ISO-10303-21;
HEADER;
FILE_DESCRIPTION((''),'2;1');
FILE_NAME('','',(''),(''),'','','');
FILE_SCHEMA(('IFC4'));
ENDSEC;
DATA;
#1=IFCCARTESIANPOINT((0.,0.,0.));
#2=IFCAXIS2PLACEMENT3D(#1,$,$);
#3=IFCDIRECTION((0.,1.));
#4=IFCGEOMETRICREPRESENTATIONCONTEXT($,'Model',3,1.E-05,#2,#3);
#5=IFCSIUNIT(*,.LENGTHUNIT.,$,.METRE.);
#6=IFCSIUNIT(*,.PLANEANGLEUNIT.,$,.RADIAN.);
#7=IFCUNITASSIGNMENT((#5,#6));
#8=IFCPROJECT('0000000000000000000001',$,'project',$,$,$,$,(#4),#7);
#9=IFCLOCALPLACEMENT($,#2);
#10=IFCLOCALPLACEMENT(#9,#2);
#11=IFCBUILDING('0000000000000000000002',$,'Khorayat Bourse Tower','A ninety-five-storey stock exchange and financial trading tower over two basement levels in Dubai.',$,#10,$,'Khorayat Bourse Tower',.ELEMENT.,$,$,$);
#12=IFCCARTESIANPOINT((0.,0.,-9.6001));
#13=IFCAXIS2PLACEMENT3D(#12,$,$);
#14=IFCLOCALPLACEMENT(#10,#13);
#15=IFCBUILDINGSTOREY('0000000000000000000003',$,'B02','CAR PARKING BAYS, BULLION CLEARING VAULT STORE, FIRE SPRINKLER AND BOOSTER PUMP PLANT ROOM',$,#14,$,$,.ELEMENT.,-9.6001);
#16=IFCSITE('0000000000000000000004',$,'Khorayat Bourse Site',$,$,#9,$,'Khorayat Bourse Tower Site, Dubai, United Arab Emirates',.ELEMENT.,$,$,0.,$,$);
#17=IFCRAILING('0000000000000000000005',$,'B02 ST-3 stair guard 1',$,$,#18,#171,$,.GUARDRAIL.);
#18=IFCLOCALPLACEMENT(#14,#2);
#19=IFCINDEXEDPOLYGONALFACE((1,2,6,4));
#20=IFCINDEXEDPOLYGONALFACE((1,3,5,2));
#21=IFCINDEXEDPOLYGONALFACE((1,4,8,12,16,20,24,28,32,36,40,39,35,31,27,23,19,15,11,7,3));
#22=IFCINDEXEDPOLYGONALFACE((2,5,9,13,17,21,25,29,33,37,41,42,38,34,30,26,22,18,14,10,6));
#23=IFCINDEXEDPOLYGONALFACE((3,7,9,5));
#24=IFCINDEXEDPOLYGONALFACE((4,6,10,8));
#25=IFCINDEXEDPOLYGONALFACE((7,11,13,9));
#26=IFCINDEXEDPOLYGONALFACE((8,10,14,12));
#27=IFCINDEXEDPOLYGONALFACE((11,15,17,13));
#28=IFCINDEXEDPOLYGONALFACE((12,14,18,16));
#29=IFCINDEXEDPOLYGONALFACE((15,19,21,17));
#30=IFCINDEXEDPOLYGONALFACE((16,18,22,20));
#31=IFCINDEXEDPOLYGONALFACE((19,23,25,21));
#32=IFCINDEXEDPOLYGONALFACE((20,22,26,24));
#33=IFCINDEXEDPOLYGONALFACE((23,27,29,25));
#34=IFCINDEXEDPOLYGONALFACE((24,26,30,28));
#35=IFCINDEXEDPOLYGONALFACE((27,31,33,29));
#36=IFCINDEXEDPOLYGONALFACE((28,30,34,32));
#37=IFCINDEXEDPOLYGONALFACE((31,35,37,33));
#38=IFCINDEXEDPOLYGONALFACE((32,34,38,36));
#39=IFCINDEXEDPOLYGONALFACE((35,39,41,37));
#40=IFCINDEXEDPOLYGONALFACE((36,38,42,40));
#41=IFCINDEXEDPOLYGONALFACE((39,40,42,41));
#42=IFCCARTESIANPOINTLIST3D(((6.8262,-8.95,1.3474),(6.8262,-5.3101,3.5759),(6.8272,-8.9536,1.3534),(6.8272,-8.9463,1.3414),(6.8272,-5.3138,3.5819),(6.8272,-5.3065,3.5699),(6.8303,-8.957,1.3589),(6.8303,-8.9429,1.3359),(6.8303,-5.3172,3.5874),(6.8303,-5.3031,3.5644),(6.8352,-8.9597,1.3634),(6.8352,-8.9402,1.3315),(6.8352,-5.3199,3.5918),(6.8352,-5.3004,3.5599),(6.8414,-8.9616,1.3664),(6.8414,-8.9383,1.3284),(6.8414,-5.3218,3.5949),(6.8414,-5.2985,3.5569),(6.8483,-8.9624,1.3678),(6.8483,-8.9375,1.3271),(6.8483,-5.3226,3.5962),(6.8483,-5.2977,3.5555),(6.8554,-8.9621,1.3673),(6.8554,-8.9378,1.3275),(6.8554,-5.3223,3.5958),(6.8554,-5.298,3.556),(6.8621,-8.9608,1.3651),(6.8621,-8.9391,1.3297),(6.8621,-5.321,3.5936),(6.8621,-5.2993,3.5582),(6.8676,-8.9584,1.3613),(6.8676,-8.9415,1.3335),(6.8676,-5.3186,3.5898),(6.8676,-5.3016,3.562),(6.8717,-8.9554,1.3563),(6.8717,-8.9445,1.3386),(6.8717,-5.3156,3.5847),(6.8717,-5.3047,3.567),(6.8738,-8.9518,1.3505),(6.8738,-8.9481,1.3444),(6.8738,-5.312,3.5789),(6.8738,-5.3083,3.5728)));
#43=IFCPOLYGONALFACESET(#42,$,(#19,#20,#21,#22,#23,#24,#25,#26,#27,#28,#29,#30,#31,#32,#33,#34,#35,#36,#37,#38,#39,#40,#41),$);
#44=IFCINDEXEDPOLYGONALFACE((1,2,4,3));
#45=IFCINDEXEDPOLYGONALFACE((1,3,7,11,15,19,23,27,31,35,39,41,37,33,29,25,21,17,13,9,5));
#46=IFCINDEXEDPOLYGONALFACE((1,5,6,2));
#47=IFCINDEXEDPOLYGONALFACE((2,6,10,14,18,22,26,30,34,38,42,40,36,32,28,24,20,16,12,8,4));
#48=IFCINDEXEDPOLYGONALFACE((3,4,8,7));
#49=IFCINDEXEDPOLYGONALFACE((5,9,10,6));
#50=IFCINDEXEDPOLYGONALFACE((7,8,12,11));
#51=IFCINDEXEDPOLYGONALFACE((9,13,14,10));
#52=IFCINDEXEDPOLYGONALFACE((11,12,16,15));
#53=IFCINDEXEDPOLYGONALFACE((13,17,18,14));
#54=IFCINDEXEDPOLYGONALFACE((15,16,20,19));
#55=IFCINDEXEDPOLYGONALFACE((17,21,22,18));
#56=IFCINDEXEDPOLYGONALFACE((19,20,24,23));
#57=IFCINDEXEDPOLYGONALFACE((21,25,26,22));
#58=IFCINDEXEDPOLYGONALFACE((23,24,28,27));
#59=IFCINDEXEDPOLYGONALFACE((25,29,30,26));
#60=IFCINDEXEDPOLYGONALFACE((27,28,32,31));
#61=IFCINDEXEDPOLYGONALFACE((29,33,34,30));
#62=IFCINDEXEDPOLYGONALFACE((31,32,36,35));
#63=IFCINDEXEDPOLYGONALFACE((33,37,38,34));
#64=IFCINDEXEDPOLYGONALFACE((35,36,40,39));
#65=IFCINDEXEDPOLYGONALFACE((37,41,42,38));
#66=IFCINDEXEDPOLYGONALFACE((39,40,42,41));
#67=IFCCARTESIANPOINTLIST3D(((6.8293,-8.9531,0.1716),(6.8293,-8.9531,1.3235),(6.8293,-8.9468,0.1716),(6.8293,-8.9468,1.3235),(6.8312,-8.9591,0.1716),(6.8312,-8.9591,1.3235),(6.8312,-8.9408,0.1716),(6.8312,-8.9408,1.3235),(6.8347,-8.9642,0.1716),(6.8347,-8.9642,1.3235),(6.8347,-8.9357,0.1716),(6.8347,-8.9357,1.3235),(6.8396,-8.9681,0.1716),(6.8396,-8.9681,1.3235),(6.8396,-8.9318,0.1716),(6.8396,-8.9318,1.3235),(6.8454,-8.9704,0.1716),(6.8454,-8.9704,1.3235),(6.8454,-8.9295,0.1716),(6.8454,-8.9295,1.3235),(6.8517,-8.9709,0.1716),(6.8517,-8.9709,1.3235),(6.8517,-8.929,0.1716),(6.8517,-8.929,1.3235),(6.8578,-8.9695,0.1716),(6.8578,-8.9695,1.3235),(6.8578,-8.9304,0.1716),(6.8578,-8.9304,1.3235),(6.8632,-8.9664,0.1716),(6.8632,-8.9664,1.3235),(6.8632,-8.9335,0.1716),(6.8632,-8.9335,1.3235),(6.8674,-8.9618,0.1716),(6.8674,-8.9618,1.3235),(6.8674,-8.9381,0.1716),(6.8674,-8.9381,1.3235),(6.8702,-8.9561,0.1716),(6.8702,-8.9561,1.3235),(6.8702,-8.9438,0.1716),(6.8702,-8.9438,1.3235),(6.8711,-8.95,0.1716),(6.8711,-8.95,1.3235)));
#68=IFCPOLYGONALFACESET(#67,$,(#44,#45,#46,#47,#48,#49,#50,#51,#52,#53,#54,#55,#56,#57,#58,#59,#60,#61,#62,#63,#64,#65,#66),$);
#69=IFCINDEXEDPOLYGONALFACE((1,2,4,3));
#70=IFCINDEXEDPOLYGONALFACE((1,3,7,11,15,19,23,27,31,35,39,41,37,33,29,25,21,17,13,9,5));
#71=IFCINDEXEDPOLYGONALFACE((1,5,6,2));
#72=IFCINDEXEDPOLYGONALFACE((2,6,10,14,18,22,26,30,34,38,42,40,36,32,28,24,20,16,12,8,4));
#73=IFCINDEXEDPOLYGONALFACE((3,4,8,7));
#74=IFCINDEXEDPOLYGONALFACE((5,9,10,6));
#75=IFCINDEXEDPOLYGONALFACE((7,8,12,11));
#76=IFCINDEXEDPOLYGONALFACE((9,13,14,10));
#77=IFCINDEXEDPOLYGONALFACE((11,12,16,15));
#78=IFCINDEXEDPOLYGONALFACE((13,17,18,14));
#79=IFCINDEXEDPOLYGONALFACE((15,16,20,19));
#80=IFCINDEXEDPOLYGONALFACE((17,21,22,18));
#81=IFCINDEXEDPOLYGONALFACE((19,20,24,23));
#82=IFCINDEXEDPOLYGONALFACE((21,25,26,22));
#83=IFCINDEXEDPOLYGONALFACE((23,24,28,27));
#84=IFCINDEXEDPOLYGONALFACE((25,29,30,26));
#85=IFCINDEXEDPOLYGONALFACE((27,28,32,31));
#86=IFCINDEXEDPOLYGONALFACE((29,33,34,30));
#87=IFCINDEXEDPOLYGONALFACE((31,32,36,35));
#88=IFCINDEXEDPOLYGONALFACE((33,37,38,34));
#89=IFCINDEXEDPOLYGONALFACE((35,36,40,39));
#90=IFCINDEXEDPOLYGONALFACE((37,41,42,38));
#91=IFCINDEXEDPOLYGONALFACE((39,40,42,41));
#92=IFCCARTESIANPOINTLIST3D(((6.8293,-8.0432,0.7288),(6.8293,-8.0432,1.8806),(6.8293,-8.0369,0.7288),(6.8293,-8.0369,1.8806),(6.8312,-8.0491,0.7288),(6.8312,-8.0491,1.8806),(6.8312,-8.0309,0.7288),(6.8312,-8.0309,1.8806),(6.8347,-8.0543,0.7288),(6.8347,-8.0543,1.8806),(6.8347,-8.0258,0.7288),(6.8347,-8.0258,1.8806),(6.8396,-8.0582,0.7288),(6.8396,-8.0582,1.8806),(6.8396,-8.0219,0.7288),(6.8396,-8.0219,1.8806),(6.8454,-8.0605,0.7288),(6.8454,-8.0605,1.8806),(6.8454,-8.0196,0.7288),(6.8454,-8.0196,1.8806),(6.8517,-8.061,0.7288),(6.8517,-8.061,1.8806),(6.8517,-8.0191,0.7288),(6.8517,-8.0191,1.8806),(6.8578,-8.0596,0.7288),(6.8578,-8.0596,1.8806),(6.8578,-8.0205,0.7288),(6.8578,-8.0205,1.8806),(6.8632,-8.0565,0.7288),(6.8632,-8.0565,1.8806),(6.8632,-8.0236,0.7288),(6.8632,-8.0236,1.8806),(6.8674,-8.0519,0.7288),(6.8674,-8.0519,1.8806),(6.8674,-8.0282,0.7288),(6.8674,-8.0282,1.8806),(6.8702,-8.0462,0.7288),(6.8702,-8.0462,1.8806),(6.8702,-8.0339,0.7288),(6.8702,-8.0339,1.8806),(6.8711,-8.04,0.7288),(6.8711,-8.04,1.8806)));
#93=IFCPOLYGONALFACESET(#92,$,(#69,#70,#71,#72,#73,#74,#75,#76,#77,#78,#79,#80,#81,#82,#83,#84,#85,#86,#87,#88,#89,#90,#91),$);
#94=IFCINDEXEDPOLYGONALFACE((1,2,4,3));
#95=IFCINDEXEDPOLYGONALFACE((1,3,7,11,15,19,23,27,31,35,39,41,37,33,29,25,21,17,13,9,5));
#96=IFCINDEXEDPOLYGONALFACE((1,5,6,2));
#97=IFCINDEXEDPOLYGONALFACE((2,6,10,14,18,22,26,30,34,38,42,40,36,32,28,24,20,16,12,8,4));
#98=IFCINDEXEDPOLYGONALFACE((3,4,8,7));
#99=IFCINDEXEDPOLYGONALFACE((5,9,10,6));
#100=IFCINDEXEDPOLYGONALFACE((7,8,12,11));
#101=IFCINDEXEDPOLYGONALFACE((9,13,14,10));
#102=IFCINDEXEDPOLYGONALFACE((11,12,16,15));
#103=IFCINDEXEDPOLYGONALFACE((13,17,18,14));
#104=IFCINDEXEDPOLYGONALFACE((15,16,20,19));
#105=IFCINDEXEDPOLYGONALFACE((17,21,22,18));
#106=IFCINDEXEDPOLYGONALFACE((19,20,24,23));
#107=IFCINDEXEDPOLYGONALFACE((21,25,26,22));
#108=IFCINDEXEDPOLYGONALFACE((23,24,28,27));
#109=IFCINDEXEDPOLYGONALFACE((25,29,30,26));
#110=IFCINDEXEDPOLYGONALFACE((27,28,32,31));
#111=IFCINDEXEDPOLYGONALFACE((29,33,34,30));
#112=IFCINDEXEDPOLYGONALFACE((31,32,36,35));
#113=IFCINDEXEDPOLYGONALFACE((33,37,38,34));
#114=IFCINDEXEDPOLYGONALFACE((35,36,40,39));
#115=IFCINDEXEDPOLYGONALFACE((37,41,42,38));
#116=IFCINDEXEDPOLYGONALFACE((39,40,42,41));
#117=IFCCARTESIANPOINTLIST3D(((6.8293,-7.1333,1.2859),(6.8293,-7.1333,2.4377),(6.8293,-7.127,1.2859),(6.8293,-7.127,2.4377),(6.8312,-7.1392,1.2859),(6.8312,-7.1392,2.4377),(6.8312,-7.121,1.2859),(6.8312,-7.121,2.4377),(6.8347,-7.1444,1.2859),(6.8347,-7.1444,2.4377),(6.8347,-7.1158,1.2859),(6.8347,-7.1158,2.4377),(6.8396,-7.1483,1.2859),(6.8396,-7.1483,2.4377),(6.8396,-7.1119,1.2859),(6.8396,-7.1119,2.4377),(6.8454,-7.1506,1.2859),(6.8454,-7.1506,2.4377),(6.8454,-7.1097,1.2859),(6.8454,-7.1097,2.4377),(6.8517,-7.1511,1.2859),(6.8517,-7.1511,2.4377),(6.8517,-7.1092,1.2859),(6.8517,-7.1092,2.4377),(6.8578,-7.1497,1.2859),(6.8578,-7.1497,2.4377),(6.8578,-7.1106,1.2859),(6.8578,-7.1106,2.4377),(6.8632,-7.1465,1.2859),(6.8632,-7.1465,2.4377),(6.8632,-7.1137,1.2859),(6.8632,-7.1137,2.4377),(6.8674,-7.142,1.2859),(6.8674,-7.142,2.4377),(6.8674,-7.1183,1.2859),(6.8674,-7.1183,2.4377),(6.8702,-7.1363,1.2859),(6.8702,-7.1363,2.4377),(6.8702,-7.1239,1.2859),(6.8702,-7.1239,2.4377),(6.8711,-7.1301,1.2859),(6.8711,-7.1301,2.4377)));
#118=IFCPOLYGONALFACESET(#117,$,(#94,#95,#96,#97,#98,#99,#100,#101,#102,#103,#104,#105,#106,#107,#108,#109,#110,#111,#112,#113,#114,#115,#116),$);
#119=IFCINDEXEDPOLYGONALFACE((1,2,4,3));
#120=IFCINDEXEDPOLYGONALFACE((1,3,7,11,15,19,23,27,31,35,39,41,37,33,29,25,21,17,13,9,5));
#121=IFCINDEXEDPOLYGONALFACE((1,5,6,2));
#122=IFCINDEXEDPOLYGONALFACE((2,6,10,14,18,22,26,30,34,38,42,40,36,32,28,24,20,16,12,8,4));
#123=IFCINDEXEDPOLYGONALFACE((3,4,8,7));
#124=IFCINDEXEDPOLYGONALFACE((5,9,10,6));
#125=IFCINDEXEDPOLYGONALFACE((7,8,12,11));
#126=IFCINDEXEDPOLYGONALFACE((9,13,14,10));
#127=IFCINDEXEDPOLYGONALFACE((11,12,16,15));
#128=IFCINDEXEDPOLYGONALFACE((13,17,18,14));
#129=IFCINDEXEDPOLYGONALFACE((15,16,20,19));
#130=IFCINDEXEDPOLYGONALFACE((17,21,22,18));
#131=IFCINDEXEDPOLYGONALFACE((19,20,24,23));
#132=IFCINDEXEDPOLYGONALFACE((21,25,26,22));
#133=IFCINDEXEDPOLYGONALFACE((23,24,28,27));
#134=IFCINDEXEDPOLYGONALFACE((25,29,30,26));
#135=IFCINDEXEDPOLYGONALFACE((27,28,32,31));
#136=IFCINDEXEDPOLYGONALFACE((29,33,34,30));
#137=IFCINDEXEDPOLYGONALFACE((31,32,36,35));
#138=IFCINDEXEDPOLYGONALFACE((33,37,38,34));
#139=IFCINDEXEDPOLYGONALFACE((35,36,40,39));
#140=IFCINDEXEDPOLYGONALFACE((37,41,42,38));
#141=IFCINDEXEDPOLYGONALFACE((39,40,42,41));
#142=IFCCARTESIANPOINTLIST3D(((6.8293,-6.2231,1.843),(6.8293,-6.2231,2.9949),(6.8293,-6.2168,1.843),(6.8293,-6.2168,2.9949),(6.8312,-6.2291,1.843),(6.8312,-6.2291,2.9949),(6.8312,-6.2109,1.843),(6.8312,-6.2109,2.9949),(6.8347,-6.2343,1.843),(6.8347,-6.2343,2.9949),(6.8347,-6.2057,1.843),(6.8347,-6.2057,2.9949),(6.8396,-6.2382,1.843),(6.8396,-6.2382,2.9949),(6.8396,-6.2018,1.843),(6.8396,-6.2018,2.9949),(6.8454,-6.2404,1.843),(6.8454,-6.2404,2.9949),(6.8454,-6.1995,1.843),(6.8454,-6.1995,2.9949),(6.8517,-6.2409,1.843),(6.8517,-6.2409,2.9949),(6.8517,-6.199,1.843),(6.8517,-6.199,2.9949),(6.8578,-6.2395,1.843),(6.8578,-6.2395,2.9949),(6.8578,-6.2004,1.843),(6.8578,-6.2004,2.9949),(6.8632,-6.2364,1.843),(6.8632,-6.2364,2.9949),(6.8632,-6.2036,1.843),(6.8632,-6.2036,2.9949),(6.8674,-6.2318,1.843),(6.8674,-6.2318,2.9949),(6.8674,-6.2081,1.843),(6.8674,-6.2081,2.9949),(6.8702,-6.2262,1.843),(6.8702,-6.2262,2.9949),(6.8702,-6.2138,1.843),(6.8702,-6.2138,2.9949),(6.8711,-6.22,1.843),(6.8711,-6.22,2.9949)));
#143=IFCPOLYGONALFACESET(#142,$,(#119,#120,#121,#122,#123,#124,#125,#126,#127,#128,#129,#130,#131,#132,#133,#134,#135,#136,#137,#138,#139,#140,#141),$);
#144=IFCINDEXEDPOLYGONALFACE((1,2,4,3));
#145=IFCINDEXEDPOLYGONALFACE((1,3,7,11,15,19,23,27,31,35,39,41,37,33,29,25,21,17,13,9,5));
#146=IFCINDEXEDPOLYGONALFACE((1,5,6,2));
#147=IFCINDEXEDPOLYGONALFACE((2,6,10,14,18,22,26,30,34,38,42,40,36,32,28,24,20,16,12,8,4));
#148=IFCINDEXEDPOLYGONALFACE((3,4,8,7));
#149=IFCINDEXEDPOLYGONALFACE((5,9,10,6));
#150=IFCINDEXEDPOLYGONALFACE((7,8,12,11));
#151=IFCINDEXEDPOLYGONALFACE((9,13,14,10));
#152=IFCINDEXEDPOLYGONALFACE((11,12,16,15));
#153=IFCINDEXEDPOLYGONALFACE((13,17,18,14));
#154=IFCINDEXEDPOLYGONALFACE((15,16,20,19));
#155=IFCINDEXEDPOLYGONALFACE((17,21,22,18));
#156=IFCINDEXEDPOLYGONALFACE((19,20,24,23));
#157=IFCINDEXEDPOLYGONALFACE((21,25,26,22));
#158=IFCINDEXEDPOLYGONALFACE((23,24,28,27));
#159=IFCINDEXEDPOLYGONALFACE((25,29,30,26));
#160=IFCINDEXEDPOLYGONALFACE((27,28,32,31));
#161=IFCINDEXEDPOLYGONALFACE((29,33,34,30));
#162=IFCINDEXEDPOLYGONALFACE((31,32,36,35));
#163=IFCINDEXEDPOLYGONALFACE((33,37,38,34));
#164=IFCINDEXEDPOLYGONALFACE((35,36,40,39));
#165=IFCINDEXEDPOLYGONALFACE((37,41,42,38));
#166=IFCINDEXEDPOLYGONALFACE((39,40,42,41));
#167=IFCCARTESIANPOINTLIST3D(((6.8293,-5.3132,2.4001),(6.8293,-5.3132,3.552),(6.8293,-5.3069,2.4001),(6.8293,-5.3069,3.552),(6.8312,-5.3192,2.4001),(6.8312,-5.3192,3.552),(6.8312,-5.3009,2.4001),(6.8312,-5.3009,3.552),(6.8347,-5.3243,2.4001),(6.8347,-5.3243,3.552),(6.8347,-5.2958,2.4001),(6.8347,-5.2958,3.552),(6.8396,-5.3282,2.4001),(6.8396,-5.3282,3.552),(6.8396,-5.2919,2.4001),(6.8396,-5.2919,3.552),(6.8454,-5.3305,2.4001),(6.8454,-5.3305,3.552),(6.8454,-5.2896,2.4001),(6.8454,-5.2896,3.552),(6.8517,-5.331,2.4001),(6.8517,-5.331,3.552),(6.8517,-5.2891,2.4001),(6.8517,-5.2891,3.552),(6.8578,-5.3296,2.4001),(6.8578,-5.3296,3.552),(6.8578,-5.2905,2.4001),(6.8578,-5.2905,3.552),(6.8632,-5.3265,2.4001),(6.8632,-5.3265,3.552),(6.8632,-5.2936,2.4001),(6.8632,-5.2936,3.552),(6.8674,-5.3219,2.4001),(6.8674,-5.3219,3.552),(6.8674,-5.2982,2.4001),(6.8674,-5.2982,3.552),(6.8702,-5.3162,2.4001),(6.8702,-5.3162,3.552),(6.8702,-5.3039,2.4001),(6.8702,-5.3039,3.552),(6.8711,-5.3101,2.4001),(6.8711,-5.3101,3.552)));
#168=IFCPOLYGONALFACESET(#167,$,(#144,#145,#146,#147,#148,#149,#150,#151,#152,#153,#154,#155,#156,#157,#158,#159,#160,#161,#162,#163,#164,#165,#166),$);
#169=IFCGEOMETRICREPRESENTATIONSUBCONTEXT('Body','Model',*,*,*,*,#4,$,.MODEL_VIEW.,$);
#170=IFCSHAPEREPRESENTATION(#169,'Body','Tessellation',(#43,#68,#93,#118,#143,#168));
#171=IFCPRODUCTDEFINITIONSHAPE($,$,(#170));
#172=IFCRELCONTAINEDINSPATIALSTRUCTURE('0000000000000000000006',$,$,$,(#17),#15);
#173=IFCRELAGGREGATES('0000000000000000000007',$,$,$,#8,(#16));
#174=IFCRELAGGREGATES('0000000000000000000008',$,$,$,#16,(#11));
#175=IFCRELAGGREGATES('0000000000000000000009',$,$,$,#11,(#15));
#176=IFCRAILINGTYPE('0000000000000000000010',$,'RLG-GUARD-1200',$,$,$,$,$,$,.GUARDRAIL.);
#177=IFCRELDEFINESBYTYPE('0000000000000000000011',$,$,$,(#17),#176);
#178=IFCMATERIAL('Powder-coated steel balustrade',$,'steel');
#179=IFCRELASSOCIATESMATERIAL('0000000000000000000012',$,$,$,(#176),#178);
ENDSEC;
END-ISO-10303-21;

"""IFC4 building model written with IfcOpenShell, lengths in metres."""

from ifc_helpers import new_model, si_unit, direction, frame, origin, origin_2d, place, context, subcontext, project, spatial, circle, extrude, source, transform, mapped, material, type_object, element, save


model = new_model("IFC4")

# Units and contexts
model_context = context("Model", 3, precision=1e-05, world=origin(), true_north=direction((0.0, 1.0)))
body_context = subcontext(model_context, "Body", "Model", "MODEL_VIEW")
ifc_project = project(units=[si_unit("LENGTHUNIT", "METRE"), si_unit("PLANEANGLEUNIT", "RADIAN")], contexts=[model_context])

# Site, building, storey
site_placement = place(None, origin())
site = spatial("IfcSite", under=ifc_project, at=site_placement, Name="Khorayat Bourse Site", LongName="Khorayat Bourse Tower Site, Dubai, United Arab Emirates", CompositionType="ELEMENT", RefElevation=0.0)
building_placement = place(site_placement, origin())
building = spatial("IfcBuilding", under=site, at=building_placement, Name="Khorayat Bourse Tower", Description="A ninety-five-storey stock exchange and financial trading tower over two basement levels in Dubai.", LongName="Khorayat Bourse Tower", CompositionType="ELEMENT")
storey_placement = place(building_placement, frame((0.0, 0.0, -9.6001)))
storey = spatial("IfcBuildingStorey", under=building, at=storey_placement, Name="B02", Description="CAR PARKING BAYS, BULLION CLEARING VAULT STORE, FIRE SPRINKLER AND BOOSTER PUMP PLANT ROOM", CompositionType="ELEMENT", Elevation=-9.6001)

# Railing
ifc_material_1 = material(Name="Powder-coated steel balustrade", Category="steel")
railing_type_1 = type_object("IfcRailingType", Name="RLG-GUARD-1200", PredefinedType="GUARDRAIL", material=ifc_material_1)
shared_shape_1 = source(origin(), body_context, "Body", "SweptSolid", [
    extrude(circle(Radius=0.0239, at=origin_2d()), frame((0.0, 0.0, 1.1758), z_axis=(0.0, 0.85285, 0.522156), x_axis=(-1.0, 0.0, 0.0)), (0.0, 0.0, 1.0), 4.2678),
    extrude(circle(Radius=0.021, at=origin_2d()), origin(), (0.0, 0.0, 1.0), 1.1519),
    extrude(circle(Radius=0.021, at=origin_2d()), frame((0.0, 0.9099, 0.5571)), (0.0, 0.0, 1.0), 1.1519),
    extrude(circle(Radius=0.021, at=origin_2d()), frame((0.0, 1.8198, 1.1143)), (0.0, 0.0, 1.0), 1.1519),
    extrude(circle(Radius=0.021, at=origin_2d()), frame((0.0, 2.73, 1.6714)), (0.0, 0.0, 1.0), 1.1519),
    extrude(circle(Radius=0.021, at=origin_2d()), frame((0.0, 3.6399, 2.2285)), (0.0, 0.0, 1.0), 1.1519),
])
railing_1_placement = place(storey_placement, frame((6.8501, -8.95, 0.1716)))
element("IfcRailing", 1, at=railing_1_placement, inside=storey, type_object=railing_type_1, Name="B02 ST-3 stair guard 1", PredefinedType="GUARDRAIL", context=body_context, shape_type="MappedRepresentation", body=[
    mapped(shared_shape_1, transform((0.0, 0.0, 0.0), scale=1.0)),
])

save(model, "model.ifc")
